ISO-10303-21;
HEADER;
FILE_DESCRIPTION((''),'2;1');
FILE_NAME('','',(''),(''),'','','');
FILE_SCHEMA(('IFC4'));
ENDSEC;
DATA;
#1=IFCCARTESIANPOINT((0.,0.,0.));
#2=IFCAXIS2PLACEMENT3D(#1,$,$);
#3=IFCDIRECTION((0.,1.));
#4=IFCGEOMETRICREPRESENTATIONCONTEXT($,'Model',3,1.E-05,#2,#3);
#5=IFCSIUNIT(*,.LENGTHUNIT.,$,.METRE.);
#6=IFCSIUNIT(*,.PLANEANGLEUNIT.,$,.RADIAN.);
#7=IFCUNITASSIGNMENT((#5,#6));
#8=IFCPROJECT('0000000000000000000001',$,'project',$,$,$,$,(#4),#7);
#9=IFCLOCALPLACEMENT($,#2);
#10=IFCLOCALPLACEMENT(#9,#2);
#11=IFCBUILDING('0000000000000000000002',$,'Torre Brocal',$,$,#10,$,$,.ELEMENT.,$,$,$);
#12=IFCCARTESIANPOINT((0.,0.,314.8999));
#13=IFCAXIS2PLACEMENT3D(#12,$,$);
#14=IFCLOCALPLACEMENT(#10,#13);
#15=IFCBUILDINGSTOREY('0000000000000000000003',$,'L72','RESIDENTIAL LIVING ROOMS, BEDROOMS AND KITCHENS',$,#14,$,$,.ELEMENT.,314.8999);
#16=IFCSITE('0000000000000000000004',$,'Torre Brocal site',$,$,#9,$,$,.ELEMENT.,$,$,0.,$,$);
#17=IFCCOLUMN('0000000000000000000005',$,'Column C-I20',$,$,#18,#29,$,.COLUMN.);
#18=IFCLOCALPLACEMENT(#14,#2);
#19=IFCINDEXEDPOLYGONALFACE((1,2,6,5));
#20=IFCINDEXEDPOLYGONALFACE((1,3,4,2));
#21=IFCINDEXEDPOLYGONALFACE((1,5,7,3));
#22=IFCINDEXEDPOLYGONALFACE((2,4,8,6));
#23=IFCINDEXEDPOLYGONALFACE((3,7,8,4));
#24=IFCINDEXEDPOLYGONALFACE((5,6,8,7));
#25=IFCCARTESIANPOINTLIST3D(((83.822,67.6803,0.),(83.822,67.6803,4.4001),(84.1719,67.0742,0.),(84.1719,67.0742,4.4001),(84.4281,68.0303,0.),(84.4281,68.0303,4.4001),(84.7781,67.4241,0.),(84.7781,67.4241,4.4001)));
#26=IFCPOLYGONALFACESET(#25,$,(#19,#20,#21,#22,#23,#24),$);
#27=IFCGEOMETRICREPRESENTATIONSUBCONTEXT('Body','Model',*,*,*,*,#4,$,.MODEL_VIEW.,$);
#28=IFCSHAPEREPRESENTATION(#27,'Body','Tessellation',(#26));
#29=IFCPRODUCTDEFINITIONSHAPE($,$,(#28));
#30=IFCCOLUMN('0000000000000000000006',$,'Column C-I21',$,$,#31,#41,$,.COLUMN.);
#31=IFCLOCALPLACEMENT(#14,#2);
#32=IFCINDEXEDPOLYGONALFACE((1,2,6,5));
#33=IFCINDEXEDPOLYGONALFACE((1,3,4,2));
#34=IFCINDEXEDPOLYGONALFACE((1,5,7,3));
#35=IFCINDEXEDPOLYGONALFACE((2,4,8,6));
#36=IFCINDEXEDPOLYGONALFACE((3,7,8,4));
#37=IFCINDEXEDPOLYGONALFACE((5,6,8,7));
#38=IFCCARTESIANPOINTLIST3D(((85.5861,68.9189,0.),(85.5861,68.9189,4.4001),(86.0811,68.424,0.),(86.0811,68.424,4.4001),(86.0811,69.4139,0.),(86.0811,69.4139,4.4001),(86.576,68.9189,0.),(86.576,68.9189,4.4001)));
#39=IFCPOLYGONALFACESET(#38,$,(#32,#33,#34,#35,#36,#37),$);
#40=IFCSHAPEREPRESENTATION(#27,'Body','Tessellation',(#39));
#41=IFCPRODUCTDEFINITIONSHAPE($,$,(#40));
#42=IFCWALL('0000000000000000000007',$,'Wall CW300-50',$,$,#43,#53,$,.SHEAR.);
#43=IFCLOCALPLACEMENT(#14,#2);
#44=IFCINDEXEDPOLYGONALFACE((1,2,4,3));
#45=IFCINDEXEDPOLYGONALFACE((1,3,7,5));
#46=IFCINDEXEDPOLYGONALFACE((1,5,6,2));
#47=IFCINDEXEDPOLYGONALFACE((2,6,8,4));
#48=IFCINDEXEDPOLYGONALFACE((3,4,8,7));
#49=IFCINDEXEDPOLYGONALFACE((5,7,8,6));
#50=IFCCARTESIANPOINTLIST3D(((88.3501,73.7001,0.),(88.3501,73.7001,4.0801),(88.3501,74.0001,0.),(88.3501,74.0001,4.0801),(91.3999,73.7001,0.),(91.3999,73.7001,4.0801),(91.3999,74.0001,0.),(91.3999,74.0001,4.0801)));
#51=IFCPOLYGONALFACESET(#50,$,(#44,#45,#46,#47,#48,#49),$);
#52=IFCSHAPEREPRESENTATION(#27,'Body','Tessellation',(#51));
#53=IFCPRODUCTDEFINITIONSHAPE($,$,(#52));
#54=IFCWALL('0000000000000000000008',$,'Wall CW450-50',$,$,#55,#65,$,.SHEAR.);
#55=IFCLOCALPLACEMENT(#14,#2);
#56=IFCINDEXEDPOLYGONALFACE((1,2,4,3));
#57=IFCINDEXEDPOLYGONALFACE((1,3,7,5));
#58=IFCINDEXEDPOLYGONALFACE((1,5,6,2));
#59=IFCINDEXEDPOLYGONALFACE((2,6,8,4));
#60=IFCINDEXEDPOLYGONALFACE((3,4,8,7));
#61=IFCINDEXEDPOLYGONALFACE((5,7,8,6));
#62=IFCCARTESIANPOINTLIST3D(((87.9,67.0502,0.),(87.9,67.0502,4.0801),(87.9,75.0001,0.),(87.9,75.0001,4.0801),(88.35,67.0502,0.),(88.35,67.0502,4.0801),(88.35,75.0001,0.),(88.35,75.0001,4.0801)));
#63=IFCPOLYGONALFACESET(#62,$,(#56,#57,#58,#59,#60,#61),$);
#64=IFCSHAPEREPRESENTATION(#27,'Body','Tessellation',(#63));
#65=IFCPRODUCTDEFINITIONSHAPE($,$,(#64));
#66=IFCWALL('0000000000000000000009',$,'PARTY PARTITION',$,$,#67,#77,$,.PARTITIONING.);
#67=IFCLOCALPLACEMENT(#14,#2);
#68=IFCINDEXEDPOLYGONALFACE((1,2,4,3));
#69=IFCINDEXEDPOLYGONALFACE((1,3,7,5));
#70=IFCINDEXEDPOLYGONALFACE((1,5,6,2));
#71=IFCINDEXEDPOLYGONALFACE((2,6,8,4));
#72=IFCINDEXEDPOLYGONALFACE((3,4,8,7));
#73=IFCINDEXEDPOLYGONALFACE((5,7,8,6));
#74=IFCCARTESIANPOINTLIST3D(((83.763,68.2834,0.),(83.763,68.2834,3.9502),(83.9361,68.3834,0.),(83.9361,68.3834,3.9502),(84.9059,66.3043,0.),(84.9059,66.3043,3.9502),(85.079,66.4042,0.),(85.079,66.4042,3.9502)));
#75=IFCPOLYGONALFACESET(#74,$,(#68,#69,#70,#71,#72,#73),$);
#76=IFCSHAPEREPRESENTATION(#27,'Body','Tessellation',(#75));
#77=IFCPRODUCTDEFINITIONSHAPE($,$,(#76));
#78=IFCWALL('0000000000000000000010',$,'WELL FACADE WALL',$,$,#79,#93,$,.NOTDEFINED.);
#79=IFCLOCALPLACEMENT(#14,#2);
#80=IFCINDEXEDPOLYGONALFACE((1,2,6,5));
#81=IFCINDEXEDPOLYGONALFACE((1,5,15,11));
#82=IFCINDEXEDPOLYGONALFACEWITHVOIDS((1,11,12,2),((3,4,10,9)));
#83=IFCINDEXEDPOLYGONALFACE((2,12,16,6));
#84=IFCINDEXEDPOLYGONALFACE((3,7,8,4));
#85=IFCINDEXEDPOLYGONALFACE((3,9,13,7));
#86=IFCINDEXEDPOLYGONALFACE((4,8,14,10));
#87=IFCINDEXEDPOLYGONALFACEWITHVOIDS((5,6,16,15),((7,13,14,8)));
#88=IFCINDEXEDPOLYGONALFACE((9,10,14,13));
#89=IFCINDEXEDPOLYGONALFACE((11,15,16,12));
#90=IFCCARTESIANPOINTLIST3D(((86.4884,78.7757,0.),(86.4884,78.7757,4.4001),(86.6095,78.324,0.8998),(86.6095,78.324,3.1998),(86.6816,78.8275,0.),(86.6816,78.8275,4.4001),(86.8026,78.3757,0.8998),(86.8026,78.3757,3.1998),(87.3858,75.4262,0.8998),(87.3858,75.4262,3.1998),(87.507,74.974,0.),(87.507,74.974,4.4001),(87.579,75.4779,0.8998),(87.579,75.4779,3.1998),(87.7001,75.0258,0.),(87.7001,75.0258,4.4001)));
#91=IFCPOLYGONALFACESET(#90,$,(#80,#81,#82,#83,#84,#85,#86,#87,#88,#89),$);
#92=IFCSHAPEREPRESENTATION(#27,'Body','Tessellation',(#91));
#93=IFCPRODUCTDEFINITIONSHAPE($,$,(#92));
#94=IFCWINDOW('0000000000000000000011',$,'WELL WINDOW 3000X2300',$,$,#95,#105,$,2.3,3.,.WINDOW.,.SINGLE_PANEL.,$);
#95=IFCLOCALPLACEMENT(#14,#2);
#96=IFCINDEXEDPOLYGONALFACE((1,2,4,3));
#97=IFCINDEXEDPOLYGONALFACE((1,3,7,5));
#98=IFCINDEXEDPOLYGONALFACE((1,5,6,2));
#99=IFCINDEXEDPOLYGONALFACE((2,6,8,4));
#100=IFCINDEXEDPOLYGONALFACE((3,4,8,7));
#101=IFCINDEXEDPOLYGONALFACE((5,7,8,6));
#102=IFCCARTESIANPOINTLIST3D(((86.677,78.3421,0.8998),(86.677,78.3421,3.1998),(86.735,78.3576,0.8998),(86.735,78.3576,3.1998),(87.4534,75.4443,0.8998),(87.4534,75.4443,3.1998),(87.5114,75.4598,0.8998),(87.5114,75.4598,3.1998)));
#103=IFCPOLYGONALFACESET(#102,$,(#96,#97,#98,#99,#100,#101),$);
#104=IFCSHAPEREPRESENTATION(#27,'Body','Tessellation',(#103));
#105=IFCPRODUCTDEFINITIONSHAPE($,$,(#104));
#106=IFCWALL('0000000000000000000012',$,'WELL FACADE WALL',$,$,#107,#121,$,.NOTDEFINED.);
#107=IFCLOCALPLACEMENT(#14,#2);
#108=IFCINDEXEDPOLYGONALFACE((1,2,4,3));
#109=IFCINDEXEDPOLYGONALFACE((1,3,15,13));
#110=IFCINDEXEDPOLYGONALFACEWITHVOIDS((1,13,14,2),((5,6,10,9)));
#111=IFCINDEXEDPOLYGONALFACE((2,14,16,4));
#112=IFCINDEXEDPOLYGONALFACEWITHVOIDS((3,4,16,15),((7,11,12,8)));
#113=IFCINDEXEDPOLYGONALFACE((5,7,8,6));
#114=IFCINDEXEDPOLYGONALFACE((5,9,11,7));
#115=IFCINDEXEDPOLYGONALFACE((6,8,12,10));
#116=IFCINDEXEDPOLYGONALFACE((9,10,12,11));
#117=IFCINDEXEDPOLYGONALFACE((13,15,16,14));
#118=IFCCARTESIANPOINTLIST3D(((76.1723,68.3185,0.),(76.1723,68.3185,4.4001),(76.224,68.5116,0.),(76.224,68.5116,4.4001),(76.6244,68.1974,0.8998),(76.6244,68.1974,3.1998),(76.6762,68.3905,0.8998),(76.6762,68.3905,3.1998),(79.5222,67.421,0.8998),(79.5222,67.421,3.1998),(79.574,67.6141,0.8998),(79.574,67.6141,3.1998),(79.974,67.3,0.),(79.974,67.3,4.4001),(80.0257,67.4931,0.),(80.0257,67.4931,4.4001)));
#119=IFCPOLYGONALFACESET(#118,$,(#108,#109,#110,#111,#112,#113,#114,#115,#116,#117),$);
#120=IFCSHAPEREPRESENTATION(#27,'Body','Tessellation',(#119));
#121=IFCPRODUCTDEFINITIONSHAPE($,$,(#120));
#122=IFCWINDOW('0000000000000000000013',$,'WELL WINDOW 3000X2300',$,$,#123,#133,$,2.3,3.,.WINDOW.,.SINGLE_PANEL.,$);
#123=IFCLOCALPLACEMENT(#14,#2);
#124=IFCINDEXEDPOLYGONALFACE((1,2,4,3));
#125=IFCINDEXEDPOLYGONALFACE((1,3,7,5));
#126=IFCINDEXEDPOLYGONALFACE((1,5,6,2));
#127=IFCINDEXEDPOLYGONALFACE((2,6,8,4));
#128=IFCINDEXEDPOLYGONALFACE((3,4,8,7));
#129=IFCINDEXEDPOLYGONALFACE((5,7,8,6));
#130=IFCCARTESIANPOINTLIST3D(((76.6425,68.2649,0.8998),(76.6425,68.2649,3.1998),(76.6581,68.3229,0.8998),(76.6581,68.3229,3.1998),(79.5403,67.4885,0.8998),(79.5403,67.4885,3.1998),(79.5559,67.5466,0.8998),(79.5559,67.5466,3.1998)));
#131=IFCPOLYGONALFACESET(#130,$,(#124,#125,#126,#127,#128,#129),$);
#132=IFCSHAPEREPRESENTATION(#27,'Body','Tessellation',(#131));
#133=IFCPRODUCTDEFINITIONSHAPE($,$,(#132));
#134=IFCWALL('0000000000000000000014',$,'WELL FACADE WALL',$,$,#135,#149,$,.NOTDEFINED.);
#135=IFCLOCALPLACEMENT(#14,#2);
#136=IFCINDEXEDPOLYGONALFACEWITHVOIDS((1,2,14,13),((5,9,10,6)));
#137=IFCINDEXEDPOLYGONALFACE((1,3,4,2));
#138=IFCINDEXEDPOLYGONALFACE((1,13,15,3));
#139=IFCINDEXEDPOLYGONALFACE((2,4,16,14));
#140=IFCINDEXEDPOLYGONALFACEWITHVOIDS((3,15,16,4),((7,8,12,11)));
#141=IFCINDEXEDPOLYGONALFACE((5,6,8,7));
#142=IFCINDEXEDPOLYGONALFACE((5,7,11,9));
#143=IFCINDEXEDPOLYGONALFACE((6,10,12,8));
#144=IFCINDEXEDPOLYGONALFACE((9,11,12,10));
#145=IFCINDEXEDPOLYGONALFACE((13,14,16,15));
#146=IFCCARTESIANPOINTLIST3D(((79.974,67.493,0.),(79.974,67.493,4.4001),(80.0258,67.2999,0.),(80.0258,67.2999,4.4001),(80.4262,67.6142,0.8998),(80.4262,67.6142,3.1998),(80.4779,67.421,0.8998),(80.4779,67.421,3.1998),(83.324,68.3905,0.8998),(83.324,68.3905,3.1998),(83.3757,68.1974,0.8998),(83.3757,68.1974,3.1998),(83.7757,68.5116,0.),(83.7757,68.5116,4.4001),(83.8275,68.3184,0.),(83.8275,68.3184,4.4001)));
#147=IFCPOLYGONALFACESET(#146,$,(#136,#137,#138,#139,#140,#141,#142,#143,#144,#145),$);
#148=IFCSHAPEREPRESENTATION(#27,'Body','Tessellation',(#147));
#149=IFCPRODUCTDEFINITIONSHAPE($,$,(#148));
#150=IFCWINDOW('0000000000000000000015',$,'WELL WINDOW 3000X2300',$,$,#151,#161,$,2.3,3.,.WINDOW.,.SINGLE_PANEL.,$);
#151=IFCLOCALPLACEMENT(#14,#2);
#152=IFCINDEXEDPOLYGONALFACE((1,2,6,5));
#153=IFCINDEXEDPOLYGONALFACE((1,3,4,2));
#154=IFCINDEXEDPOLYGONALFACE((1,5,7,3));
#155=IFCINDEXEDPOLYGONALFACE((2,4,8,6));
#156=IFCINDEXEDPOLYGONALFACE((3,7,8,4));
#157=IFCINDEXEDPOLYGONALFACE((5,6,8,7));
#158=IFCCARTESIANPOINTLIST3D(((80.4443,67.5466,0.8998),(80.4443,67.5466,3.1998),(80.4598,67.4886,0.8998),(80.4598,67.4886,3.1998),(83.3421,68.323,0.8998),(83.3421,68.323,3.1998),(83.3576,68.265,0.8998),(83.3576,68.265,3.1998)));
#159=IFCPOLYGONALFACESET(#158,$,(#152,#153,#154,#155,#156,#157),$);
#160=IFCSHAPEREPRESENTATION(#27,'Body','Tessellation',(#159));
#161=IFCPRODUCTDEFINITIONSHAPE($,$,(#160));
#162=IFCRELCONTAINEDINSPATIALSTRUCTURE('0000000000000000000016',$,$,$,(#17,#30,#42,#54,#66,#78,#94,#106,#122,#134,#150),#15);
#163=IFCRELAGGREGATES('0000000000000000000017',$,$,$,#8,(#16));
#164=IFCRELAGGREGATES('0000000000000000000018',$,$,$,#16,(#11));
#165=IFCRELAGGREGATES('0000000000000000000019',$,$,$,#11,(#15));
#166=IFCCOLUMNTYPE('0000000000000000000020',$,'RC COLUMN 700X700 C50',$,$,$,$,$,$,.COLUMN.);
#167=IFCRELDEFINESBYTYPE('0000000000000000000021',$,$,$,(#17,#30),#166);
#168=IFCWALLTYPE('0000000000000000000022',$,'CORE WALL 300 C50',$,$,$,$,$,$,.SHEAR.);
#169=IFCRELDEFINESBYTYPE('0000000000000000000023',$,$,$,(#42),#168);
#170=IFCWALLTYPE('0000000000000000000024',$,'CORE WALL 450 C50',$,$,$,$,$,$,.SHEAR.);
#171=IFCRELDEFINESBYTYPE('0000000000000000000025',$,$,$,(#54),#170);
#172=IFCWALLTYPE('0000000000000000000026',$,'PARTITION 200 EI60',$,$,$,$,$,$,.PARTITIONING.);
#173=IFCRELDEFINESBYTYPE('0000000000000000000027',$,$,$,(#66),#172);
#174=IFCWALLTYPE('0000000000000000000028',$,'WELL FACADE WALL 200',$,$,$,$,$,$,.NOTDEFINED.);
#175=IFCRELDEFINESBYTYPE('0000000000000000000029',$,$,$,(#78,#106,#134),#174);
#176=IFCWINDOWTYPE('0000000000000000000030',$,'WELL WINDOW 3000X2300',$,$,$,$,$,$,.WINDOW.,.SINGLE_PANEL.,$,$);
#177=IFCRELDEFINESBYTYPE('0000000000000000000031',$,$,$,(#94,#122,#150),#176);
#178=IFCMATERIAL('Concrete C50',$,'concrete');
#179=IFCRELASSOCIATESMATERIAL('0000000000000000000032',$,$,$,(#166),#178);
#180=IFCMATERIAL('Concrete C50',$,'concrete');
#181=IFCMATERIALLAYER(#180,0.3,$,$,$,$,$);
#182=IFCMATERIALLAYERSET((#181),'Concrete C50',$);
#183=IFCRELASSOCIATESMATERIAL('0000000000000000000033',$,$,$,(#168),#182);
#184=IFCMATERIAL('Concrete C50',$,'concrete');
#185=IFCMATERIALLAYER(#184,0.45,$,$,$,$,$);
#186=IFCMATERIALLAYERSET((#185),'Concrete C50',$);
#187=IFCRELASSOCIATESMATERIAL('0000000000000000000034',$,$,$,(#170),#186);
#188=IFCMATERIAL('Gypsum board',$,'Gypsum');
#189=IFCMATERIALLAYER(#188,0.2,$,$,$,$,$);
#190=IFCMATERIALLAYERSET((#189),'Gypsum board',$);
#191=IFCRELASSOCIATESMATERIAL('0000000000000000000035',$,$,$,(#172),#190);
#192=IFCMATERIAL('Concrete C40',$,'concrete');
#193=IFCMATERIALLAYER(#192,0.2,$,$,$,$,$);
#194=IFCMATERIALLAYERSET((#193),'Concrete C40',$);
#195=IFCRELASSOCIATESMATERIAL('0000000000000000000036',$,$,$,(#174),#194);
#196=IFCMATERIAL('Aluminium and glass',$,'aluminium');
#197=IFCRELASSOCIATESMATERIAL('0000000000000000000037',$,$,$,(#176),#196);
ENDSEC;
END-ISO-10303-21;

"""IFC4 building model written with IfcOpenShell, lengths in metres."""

from ifc_helpers import new_model, si_unit, direction, frame, frame_2d, origin, origin_2d, place, context, subcontext, project, spatial, rectangle, extrude, material, layer, layer_set, material_profile, profile_set, type_object, element, fill, save


model = new_model("IFC4")

# Units and contexts
model_context = context("Model", 3, precision=1e-05, world=origin(), true_north=direction((0.0, 1.0)))
body_context = subcontext(model_context, "Body", "Model", "MODEL_VIEW")
ifc_project = project(units=[si_unit("LENGTHUNIT", "METRE"), si_unit("PLANEANGLEUNIT", "RADIAN")], contexts=[model_context])

# Site, building, storey
site_placement = place(None, origin())
site = spatial("IfcSite", under=ifc_project, at=site_placement, Name="Torre Brocal site", CompositionType="ELEMENT", RefElevation=0.0)
building_placement = place(site_placement, origin())
building = spatial("IfcBuilding", under=site, at=building_placement, Name="Torre Brocal", CompositionType="ELEMENT")
storey_placement = place(building_placement, frame((0.0, 0.0, 314.8999)))
storey = spatial("IfcBuildingStorey", under=building, at=storey_placement, Name="L72", Description="RESIDENTIAL LIVING ROOMS, BEDROOMS AND KITCHENS", CompositionType="ELEMENT", Elevation=314.8999)

# Columns
ifc_material_1 = material(Name="Concrete C50", Category="concrete")
ifc_material_profile = material_profile(ifc_material_1, rectangle(XDim=0.7, YDim=0.7, at=origin_2d()), Name="RC 700X700")
ifc_profile_set = profile_set([ifc_material_profile], Name="Concrete C50")
column_type = type_object("IfcColumnType", Name="RC COLUMN 700X700 C50", PredefinedType="COLUMN", material=ifc_profile_set)
for number, where, z_axis, x_axis, name in (
    (1, (84.3, 67.5522, 0.0), (0.0, 0.0, 1.0), (0.5, -0.866025, 0.0), "Column C-I20"),
    (2, (86.0811, 68.9189, 0.0), (0.0, 0.0, 1.0), (0.707107, -0.707107, 0.0), "Column C-I21"),
):
    element("IfcColumn", number, at=place(storey_placement, frame(where, z_axis=z_axis, x_axis=x_axis)), inside=storey, type_object=column_type, Name=name, PredefinedType="COLUMN", context=body_context, shape_type="SweptSolid", body=[
        extrude(rectangle(XDim=0.7, YDim=0.7, at=origin_2d()), origin(), (0.0, 0.0, 1.0), 4.4001),
    ])

# Walls
ifc_material_2 = material(Name="Concrete C50", Category="concrete")
ifc_layer_1 = layer(ifc_material_2, 0.3)
ifc_layer_set_1 = layer_set([ifc_layer_1], Name="Concrete C50")
wall_type_1 = type_object("IfcWallType", Name="CORE WALL 300 C50", PredefinedType="SHEAR", material=ifc_layer_set_1)
wall_1_placement = place(storey_placement, frame((88.3501, 73.8501, 0.0), z_axis=(0.0, 0.0, 1.0), x_axis=(1.0, 0.0, 0.0)))
element("IfcWall", 3, at=wall_1_placement, inside=storey, type_object=wall_type_1, Name="Wall CW300-50", PredefinedType="SHEAR", context=body_context, shape_type="SweptSolid", body=[
    extrude(rectangle(XDim=3.0498, YDim=0.3, at=frame_2d((1.5249, 0.0))), origin(), (0.0, 0.0, 1.0), 4.0801),
])
ifc_material_3 = material(Name="Concrete C50", Category="concrete")
ifc_layer_2 = layer(ifc_material_3, 0.45)
ifc_layer_set_2 = layer_set([ifc_layer_2], Name="Concrete C50")
wall_type_2 = type_object("IfcWallType", Name="CORE WALL 450 C50", PredefinedType="SHEAR", material=ifc_layer_set_2)
wall_2_placement = place(storey_placement, frame((88.125, 67.05, 0.0), z_axis=(0.0, 0.0, 1.0), x_axis=(0.0, 1.0, 0.0)))
element("IfcWall", 4, at=wall_2_placement, inside=storey, type_object=wall_type_2, Name="Wall CW450-50", PredefinedType="SHEAR", context=body_context, shape_type="SweptSolid", body=[
    extrude(rectangle(XDim=7.95, YDim=0.45, at=frame_2d((3.9751, 0.0))), origin(), (0.0, 0.0, 1.0), 4.0801),
])
ifc_material_4 = material(Name="Gypsum board", Category="Gypsum")
ifc_layer_3 = layer(ifc_material_4, 0.2)
ifc_layer_set_3 = layer_set([ifc_layer_3], Name="Gypsum board")
wall_type_3 = type_object("IfcWallType", Name="PARTITION 200 EI60", PredefinedType="PARTITIONING", material=ifc_layer_set_3)
wall_3_placement = place(storey_placement, frame((83.8496, 68.3333, 0.0), z_axis=(0.0, 0.0, 1.0), x_axis=(0.50008, -0.865979, 0.0)))
element("IfcWall", 5, at=wall_3_placement, inside=storey, type_object=wall_type_3, Name="PARTY PARTITION", PredefinedType="PARTITIONING", context=body_context, shape_type="SweptSolid", body=[
    extrude(rectangle(XDim=2.2854, YDim=0.2, at=frame_2d((1.1426, 0.0))), origin(), (0.0, 0.0, 1.0), 3.9502),
])

# Walls, openings, windows
ifc_material_5 = material(Name="Concrete C40", Category="concrete")
ifc_layer_4 = layer(ifc_material_5, 0.2)
ifc_layer_set_4 = layer_set([ifc_layer_4], Name="Concrete C40")
wall_type_4 = type_object("IfcWallType", Name="WELL FACADE WALL 200", PredefinedType="NOTDEFINED", material=ifc_layer_set_4)
wall_4_placement = place(storey_placement, frame((87.6035, 75.0, 0.0), z_axis=(0.0, 0.0, 1.0), x_axis=(-0.25879, 0.965934, 0.0)))
wall_4 = element("IfcWall", 6, at=wall_4_placement, inside=storey, type_object=wall_type_4, Name="WELL FACADE WALL", PredefinedType="NOTDEFINED", context=body_context, shape_type="SweptSolid", body=[
    extrude(rectangle(XDim=3.9358, YDim=0.2, at=frame_2d((1.9678, 0.0))), origin(), (0.0, 0.0, 1.0), 4.4001),
])
opening_1_placement = place(wall_4_placement, frame((0.468, 0.0, 0.8999)))
opening_1 = element("IfcOpeningElement", 7, at=opening_1_placement, cuts=wall_4, PredefinedType="OPENING", context=body_context, shape_type="SweptSolid", body=[
    extrude(rectangle(XDim=3.0, YDim=2.3, at=frame_2d((1.5, 1.1499))), frame((0.0, 0.1099, 0.0), z_axis=(0.0, -1.0, 0.0), x_axis=(1.0, 0.0, 0.0)), (0.0, 0.0, 1.0), 0.22),
])
ifc_material_6 = material(Name="Aluminium and glass", Category="aluminium")
window_type = type_object("IfcWindowType", Name="WELL WINDOW 3000X2300", PartitioningType="SINGLE_PANEL", PredefinedType="WINDOW", material=ifc_material_6)
window_1_placement = place(opening_1_placement, origin())
window_1 = element("IfcWindow", 8, at=window_1_placement, inside=storey, type_object=window_type, Name="WELL WINDOW 3000X2300", OverallHeight=2.3, OverallWidth=3.0, PartitioningType="SINGLE_PANEL", PredefinedType="WINDOW", context=body_context, shape_type="SweptSolid", body=[
    extrude(rectangle(XDim=3.0, YDim=2.3, at=frame_2d((1.5, 1.1499))), frame((0.0, 0.03, 0.0), z_axis=(0.0, -1.0, 0.0), x_axis=(1.0, 0.0, 0.0)), (0.0, 0.0, 1.0), 0.0601),
])
fill(opening_1, window_1)
wall_5_placement = place(storey_placement, frame((76.1982, 68.415, 0.0), z_axis=(0.0, 0.0, 1.0), x_axis=(0.965934, -0.25879, 0.0)))
wall_5 = element("IfcWall", 9, at=wall_5_placement, inside=storey, type_object=wall_type_4, Name="WELL FACADE WALL", PredefinedType="NOTDEFINED", context=body_context, shape_type="SweptSolid", body=[
    extrude(rectangle(XDim=3.9358, YDim=0.2, at=frame_2d((1.9678, 0.0))), origin(), (0.0, 0.0, 1.0), 4.4001),
])
opening_2_placement = place(wall_5_placement, frame((0.468, 0.0, 0.8999)))
opening_2 = element("IfcOpeningElement", 10, at=opening_2_placement, cuts=wall_5, PredefinedType="OPENING", context=body_context, shape_type="SweptSolid", body=[
    extrude(rectangle(XDim=3.0, YDim=2.3, at=frame_2d((1.5, 1.1499))), frame((0.0, 0.1099, 0.0), z_axis=(0.0, -1.0, 0.0), x_axis=(1.0, 0.0, 0.0)), (0.0, 0.0, 1.0), 0.22),
])
window_2_placement = place(opening_2_placement, origin())
window_2 = element("IfcWindow", 11, at=window_2_placement, inside=storey, type_object=window_type, Name="WELL WINDOW 3000X2300", OverallHeight=2.3, OverallWidth=3.0, PartitioningType="SINGLE_PANEL", PredefinedType="WINDOW", context=body_context, shape_type="SweptSolid", body=[
    extrude(rectangle(XDim=3.0, YDim=2.3, at=frame_2d((1.5, 1.1499))), frame((0.0, 0.03, 0.0), z_axis=(0.0, -1.0, 0.0), x_axis=(1.0, 0.0, 0.0)), (0.0, 0.0, 1.0), 0.0601),
])
fill(opening_2, window_2)
wall_6_placement = place(storey_placement, frame((80.0, 67.3965, 0.0), z_axis=(0.0, 0.0, 1.0), x_axis=(0.965934, 0.25879, 0.0)))
wall_6 = element("IfcWall", 12, at=wall_6_placement, inside=storey, type_object=wall_type_4, Name="WELL FACADE WALL", PredefinedType="NOTDEFINED", context=body_context, shape_type="SweptSolid", body=[
    extrude(rectangle(XDim=3.9358, YDim=0.2, at=frame_2d((1.9678, 0.0))), origin(), (0.0, 0.0, 1.0), 4.4001),
])
opening_3_placement = place(wall_6_placement, frame((0.468, 0.0, 0.8999)))
opening_3 = element("IfcOpeningElement", 13, at=opening_3_placement, cuts=wall_6, PredefinedType="OPENING", context=body_context, shape_type="SweptSolid", body=[
    extrude(rectangle(XDim=3.0, YDim=2.3, at=frame_2d((1.5, 1.1499))), frame((0.0, 0.1099, 0.0), z_axis=(0.0, -1.0, 0.0), x_axis=(1.0, 0.0, 0.0)), (0.0, 0.0, 1.0), 0.22),
])
window_3_placement = place(opening_3_placement, origin())
window_3 = element("IfcWindow", 14, at=window_3_placement, inside=storey, type_object=window_type, Name="WELL WINDOW 3000X2300", OverallHeight=2.3, OverallWidth=3.0, PartitioningType="SINGLE_PANEL", PredefinedType="WINDOW", context=body_context, shape_type="SweptSolid", body=[
    extrude(rectangle(XDim=3.0, YDim=2.3, at=frame_2d((1.5, 1.1499))), frame((0.0, 0.03, 0.0), z_axis=(0.0, -1.0, 0.0), x_axis=(1.0, 0.0, 0.0)), (0.0, 0.0, 1.0), 0.0601),
])
fill(opening_3, window_3)

save(model, "model.ifc")
